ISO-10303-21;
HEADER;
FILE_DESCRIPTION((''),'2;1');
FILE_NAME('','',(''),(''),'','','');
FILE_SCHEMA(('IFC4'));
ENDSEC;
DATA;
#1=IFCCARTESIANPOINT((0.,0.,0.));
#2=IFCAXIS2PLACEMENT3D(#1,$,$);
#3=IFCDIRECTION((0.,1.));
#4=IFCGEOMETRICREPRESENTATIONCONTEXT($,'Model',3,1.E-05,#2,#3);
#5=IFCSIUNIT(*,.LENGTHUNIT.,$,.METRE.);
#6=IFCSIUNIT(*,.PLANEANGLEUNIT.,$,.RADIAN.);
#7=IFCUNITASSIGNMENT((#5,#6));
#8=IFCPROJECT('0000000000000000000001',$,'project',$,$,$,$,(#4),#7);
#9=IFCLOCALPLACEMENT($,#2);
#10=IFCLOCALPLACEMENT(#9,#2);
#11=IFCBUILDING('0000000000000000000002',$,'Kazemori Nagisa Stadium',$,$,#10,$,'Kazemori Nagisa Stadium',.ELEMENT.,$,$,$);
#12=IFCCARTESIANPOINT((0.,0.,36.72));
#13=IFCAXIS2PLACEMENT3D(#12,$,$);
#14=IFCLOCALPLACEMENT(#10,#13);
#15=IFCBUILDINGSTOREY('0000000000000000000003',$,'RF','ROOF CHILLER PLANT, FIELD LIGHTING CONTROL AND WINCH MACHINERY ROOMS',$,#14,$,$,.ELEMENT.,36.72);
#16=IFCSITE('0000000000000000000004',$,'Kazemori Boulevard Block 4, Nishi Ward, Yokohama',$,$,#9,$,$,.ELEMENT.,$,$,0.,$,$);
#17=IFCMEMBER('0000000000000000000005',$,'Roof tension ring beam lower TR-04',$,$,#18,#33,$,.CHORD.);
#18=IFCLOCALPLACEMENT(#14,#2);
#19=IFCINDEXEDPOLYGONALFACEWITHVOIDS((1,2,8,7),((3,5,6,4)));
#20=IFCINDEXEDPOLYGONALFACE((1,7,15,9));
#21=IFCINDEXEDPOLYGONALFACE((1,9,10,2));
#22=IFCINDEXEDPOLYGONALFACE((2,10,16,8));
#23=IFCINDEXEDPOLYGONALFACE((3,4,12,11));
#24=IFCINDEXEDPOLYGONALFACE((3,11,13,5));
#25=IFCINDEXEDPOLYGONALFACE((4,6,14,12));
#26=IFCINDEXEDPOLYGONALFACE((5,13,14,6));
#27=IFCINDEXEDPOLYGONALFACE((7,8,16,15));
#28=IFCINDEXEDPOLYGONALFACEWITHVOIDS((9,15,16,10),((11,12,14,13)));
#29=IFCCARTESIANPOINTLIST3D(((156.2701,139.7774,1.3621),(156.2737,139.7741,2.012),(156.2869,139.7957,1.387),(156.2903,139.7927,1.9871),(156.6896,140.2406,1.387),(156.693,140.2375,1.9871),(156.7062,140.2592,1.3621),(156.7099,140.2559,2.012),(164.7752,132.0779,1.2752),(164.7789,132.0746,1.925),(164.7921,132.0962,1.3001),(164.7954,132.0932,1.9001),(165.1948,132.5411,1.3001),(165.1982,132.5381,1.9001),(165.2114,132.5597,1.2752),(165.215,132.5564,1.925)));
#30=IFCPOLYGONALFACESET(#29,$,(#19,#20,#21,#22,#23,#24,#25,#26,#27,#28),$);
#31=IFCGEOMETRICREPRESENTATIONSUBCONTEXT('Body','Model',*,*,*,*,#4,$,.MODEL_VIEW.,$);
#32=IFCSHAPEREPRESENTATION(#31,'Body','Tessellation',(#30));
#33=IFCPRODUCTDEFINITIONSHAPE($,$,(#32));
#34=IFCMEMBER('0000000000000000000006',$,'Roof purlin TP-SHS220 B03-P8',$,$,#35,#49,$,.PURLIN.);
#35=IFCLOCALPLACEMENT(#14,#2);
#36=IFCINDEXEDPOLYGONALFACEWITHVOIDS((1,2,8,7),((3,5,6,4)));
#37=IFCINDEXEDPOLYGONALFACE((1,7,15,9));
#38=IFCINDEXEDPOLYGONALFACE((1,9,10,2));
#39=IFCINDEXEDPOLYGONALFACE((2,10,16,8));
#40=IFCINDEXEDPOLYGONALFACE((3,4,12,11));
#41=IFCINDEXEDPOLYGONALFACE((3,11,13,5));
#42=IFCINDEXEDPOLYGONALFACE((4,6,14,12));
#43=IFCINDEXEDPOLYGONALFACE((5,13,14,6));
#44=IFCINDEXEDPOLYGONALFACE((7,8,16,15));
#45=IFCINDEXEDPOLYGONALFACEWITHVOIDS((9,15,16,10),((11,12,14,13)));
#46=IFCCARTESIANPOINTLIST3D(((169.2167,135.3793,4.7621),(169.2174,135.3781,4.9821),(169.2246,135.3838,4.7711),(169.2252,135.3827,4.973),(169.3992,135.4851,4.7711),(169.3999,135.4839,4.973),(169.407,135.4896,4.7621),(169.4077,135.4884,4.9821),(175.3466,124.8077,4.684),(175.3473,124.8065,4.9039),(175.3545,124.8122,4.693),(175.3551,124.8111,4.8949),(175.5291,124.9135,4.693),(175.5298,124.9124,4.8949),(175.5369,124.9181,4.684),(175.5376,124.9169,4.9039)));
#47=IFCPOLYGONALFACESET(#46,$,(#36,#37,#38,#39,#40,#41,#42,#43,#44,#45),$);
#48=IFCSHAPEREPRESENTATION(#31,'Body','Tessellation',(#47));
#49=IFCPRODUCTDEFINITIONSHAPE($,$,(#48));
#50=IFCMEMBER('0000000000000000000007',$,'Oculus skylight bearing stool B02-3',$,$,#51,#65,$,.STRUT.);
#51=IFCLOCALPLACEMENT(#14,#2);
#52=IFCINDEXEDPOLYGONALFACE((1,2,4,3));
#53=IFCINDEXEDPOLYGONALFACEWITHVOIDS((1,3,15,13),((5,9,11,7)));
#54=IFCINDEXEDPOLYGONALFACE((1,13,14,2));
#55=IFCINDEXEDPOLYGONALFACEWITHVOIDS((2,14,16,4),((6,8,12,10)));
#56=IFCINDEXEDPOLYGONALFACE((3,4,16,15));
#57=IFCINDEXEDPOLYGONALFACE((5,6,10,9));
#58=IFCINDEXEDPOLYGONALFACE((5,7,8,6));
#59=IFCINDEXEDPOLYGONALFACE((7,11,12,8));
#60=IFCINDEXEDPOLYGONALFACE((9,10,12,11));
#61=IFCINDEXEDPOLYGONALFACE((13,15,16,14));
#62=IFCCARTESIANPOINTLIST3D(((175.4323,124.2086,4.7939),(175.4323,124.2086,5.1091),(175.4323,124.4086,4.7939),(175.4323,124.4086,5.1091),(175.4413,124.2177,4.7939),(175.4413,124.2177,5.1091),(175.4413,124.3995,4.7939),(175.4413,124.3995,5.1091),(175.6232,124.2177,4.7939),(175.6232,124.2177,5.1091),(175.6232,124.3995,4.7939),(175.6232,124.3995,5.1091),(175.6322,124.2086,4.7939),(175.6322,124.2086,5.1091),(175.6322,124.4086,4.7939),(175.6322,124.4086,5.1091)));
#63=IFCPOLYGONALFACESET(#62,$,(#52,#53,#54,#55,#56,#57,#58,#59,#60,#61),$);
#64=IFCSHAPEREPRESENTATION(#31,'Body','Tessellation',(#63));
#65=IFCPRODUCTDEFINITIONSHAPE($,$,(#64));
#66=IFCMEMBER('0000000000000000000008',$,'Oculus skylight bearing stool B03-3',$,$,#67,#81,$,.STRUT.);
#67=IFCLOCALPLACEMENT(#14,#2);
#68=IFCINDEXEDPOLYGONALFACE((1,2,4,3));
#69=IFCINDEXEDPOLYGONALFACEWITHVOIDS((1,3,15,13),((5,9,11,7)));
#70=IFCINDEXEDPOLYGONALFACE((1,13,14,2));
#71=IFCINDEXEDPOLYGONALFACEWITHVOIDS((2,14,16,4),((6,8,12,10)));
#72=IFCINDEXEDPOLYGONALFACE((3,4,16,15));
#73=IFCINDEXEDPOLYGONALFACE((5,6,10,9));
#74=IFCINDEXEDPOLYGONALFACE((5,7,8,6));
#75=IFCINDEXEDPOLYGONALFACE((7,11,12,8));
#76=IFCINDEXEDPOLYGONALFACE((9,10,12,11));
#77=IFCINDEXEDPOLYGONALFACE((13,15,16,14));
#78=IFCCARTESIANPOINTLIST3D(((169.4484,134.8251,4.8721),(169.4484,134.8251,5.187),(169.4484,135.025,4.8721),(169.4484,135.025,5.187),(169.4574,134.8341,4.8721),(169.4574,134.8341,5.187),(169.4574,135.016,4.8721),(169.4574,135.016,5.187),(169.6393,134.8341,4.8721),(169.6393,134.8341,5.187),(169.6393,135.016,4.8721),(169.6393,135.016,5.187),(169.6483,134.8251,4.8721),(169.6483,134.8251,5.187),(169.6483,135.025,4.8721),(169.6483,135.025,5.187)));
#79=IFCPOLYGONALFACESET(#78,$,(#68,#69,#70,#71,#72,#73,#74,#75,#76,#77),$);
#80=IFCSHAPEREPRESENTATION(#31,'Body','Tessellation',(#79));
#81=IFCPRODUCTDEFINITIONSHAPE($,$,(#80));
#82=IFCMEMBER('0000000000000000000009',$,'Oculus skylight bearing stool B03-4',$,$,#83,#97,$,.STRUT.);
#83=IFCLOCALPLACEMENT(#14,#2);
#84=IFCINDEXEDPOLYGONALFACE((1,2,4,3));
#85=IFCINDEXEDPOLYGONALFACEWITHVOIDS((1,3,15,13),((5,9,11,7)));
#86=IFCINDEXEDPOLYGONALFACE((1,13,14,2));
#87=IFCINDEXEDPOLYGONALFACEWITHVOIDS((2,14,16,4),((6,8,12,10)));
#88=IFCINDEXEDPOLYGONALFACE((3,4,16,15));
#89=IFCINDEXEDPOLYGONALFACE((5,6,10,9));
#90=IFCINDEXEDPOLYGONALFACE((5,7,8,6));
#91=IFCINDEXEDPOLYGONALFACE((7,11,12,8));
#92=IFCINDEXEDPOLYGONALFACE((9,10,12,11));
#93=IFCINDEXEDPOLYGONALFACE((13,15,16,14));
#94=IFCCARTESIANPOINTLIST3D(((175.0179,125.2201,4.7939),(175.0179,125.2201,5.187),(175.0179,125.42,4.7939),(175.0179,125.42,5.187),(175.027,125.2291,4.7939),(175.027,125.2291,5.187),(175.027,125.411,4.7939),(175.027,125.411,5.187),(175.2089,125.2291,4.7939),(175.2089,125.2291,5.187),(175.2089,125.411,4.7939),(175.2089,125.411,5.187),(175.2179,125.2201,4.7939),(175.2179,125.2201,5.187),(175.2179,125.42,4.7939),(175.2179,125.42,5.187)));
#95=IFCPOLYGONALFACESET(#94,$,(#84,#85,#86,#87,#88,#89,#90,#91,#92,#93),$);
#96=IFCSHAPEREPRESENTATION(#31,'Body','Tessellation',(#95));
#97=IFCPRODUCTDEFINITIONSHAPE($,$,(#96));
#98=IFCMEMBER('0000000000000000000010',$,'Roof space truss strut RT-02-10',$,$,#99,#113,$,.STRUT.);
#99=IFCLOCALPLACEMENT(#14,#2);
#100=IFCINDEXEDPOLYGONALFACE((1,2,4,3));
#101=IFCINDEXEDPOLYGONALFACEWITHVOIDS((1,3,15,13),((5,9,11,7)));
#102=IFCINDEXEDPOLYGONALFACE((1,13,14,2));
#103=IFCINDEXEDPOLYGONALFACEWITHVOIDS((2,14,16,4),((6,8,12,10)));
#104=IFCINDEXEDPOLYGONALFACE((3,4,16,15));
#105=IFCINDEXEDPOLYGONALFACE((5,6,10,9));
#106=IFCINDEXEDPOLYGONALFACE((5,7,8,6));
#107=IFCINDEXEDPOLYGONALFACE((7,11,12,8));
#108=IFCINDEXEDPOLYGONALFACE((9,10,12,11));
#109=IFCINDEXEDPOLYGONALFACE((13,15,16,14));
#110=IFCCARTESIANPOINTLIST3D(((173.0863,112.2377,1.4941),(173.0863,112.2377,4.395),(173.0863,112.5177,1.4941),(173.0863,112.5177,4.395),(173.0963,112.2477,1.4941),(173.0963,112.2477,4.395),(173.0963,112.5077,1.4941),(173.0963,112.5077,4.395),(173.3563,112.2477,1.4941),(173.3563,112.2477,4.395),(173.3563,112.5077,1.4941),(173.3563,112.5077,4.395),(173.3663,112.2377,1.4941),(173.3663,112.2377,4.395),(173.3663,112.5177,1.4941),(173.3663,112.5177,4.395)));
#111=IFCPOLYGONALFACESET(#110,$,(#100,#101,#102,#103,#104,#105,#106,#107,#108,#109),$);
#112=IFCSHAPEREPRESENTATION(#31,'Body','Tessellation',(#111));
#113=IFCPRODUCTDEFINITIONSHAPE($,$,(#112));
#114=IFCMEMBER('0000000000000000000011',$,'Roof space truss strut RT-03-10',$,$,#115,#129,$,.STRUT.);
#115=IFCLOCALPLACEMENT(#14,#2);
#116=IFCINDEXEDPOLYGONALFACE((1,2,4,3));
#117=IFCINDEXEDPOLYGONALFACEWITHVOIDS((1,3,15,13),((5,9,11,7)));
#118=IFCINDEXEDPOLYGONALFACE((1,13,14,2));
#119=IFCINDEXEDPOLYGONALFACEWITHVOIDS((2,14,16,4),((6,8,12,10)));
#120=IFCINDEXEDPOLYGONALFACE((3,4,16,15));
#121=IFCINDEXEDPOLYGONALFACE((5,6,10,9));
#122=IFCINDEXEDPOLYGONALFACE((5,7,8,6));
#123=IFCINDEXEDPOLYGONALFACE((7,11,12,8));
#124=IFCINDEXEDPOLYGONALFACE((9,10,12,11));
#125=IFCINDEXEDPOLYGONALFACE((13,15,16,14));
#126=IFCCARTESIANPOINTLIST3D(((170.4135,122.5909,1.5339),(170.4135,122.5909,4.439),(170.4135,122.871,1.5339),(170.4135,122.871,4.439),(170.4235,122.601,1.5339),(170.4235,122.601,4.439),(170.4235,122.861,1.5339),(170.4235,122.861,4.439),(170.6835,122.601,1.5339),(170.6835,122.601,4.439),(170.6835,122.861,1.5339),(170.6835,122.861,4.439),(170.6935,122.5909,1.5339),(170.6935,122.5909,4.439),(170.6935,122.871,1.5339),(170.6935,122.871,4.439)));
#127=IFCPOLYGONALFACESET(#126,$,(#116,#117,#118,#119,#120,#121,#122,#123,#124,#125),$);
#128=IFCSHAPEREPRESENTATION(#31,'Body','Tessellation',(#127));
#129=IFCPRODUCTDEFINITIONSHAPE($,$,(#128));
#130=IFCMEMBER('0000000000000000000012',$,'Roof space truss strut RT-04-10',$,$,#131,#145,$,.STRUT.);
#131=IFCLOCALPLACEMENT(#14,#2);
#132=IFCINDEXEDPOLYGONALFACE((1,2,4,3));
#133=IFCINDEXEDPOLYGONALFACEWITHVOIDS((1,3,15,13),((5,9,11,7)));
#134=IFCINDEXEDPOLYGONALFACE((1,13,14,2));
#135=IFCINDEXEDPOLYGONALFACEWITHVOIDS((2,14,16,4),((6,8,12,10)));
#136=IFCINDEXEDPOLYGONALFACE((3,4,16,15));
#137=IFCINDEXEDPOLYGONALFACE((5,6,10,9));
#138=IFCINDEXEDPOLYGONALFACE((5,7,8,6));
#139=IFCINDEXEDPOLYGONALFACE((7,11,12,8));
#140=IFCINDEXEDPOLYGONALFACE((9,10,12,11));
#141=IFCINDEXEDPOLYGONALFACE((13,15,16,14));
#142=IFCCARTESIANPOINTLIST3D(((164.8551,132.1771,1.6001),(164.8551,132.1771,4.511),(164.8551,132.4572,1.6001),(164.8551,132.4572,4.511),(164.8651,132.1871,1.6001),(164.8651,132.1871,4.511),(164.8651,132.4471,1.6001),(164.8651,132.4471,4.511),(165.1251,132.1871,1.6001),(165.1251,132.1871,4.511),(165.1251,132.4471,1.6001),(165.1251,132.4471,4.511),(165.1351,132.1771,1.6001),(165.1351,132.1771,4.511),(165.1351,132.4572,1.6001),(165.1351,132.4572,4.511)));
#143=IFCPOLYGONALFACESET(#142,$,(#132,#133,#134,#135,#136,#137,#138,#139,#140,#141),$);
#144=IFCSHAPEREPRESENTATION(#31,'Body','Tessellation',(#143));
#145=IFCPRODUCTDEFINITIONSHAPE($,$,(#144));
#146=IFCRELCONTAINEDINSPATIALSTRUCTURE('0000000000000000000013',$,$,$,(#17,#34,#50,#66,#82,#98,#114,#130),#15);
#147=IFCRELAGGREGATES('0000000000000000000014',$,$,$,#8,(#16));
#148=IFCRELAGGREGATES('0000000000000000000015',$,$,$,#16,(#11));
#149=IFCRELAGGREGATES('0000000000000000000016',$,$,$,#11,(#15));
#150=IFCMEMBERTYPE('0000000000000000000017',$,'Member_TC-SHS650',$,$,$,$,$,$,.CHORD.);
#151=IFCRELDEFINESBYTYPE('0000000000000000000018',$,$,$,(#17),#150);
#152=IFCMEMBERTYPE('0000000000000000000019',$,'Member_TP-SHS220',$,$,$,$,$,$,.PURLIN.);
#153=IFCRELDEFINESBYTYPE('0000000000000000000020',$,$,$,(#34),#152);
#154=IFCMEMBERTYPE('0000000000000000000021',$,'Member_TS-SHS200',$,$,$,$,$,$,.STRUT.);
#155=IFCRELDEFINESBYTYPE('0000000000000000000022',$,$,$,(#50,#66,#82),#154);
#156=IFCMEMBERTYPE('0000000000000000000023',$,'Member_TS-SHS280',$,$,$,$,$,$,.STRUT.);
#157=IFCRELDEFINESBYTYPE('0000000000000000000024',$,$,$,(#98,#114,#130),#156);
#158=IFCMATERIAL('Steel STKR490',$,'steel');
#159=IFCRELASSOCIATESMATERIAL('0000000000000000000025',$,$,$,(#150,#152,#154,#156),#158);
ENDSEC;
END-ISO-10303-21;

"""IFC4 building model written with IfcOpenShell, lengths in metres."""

from ifc_helpers import new_model, si_unit, direction, frame, origin, origin_2d, place, context, subcontext, project, spatial, hollow_rectangle, extrude, material, material_profile, profile_set, type_object, element, save


model = new_model("IFC4")

# Units and contexts
model_context = context("Model", 3, precision=1e-05, world=origin(), true_north=direction((0.0, 1.0)))
body_context = subcontext(model_context, "Body", "Model", "MODEL_VIEW")
ifc_project = project(units=[si_unit("LENGTHUNIT", "METRE"), si_unit("PLANEANGLEUNIT", "RADIAN")], contexts=[model_context])

# Site, building, storey
site_placement = place(None, origin())
site = spatial("IfcSite", under=ifc_project, at=site_placement, Name="Kazemori Boulevard Block 4, Nishi Ward, Yokohama", CompositionType="ELEMENT", RefElevation=0.0)
building_placement = place(site_placement, origin())
building = spatial("IfcBuilding", under=site, at=building_placement, Name="Kazemori Nagisa Stadium", LongName="Kazemori Nagisa Stadium", CompositionType="ELEMENT")
storey_placement = place(building_placement, frame((0.0, 0.0, 36.72)))
storey = spatial("IfcBuildingStorey", under=building, at=storey_placement, Name="RF", Description="ROOF CHILLER PLANT, FIELD LIGHTING CONTROL AND WINCH MACHINERY ROOMS", CompositionType="ELEMENT", Elevation=36.72)

# Members
ifc_material = material(Name="Steel STKR490", Category="steel")
ifc_material_profile_1 = material_profile(ifc_material, hollow_rectangle(XDim=0.6499, YDim=0.6499, WallThickness=0.0249, at=origin_2d()), Name="SHS-650x650x25")
ifc_profile_set_1 = profile_set([ifc_material_profile_1], Name="Steel STKR490")
member_type_1 = type_object("IfcMemberType", Name="Member_TC-SHS650", PredefinedType="CHORD", material=ifc_profile_set_1)
member_1_placement = place(storey_placement, frame((164.9951, 132.3171, 1.6001), z_axis=(-0.741326, 0.671102, 0.007576), x_axis=(-0.671122, -0.741347, 0.0)))
element("IfcMember", 1, at=member_1_placement, inside=storey, type_object=member_type_1, Name="Roof tension ring beam lower TR-04", PredefinedType="CHORD", context=body_context, shape_type="SweptSolid", body=[
    extrude(hollow_rectangle(XDim=0.6499, YDim=0.6499, WallThickness=0.0249, at=origin_2d()), origin(), (0.0, 0.0, 1.0), 11.4729),
])
ifc_material_profile_2 = material_profile(ifc_material, hollow_rectangle(XDim=0.22, YDim=0.22, WallThickness=0.009, at=origin_2d()), Name="SHS-220x220x9")
ifc_profile_set_2 = profile_set([ifc_material_profile_2], Name="Steel STKR490")
member_type_2 = type_object("IfcMemberType", Name="Member_TP-SHS220", PredefinedType="PURLIN", material=ifc_profile_set_2)
member_2_placement = place(storey_placement, frame((175.4421, 124.8623, 4.7939), z_axis=(-0.501609, 0.865071, 0.006393), x_axis=(-0.865088, -0.50162, 0.0)))
element("IfcMember", 2, at=member_2_placement, inside=storey, type_object=member_type_2, Name="Roof purlin TP-SHS220 B03-P8", PredefinedType="PURLIN", context=body_context, shape_type="SweptSolid", body=[
    extrude(hollow_rectangle(XDim=0.22, YDim=0.22, WallThickness=0.009, at=origin_2d()), origin(), (0.0, 0.0, 1.0), 12.2205),
])
ifc_material_profile_3 = material_profile(ifc_material, hollow_rectangle(XDim=0.2, YDim=0.2, WallThickness=0.009, at=origin_2d()), Name="SHS-200x200x9")
ifc_profile_set_3 = profile_set([ifc_material_profile_3], Name="Steel STKR490")
member_type_3 = type_object("IfcMemberType", Name="Member_TS-SHS200", PredefinedType="STRUT", material=ifc_profile_set_3)
member_3_placement = place(storey_placement, frame((175.5322, 124.3086, 4.7939), z_axis=(0.0, 0.0, 1.0), x_axis=(1.0, 0.0, 0.0)))
element("IfcMember", 3, at=member_3_placement, inside=storey, type_object=member_type_3, Name="Oculus skylight bearing stool B02-3", PredefinedType="STRUT", context=body_context, shape_type="SweptSolid", body=[
    extrude(hollow_rectangle(XDim=0.2, YDim=0.2, WallThickness=0.009, at=origin_2d()), origin(), (0.0, 0.0, 1.0), 0.3152),
])
member_4_placement = place(storey_placement, frame((169.5483, 134.925, 4.8721), z_axis=(0.0, 0.0, 1.0), x_axis=(1.0, 0.0, 0.0)))
element("IfcMember", 4, at=member_4_placement, inside=storey, type_object=member_type_3, Name="Oculus skylight bearing stool B03-3", PredefinedType="STRUT", context=body_context, shape_type="SweptSolid", body=[
    extrude(hollow_rectangle(XDim=0.2, YDim=0.2, WallThickness=0.009, at=origin_2d()), origin(), (0.0, 0.0, 1.0), 0.3149),
])
member_5_placement = place(storey_placement, frame((175.1179, 125.3201, 4.7939), z_axis=(0.0, 0.0, 1.0), x_axis=(1.0, 0.0, 0.0)))
element("IfcMember", 5, at=member_5_placement, inside=storey, type_object=member_type_3, Name="Oculus skylight bearing stool B03-4", PredefinedType="STRUT", context=body_context, shape_type="SweptSolid", body=[
    extrude(hollow_rectangle(XDim=0.2, YDim=0.2, WallThickness=0.009, at=origin_2d()), origin(), (0.0, 0.0, 1.0), 0.3931),
])
ifc_material_profile_4 = material_profile(ifc_material, hollow_rectangle(XDim=0.28, YDim=0.28, WallThickness=0.01, at=origin_2d()), Name="SHS-280x280x10")
ifc_profile_set_4 = profile_set([ifc_material_profile_4], Name="Steel STKR490")
member_type_4 = type_object("IfcMemberType", Name="Member_TS-SHS280", PredefinedType="STRUT", material=ifc_profile_set_4)
member_6_placement = place(storey_placement, frame((173.2263, 112.3777, 1.4941), z_axis=(0.0, 0.0, 1.0), x_axis=(1.0, 0.0, 0.0)))
element("IfcMember", 6, at=member_6_placement, inside=storey, type_object=member_type_4, Name="Roof space truss strut RT-02-10", PredefinedType="STRUT", context=body_context, shape_type="SweptSolid", body=[
    extrude(hollow_rectangle(XDim=0.28, YDim=0.28, WallThickness=0.01, at=origin_2d()), origin(), (0.0, 0.0, 1.0), 2.9009),
])
member_7_placement = place(storey_placement, frame((170.5535, 122.731, 1.5339), z_axis=(0.0, 0.0, 1.0), x_axis=(1.0, 0.0, 0.0)))
element("IfcMember", 7, at=member_7_placement, inside=storey, type_object=member_type_4, Name="Roof space truss strut RT-03-10", PredefinedType="STRUT", context=body_context, shape_type="SweptSolid", body=[
    extrude(hollow_rectangle(XDim=0.28, YDim=0.28, WallThickness=0.01, at=origin_2d()), origin(), (0.0, 0.0, 1.0), 2.905),
])
member_8_placement = place(storey_placement, frame((164.9951, 132.3171, 1.6001), z_axis=(0.0, 0.0, 1.0), x_axis=(1.0, 0.0, 0.0)))
element("IfcMember", 8, at=member_8_placement, inside=storey, type_object=member_type_4, Name="Roof space truss strut RT-04-10", PredefinedType="STRUT", context=body_context, shape_type="SweptSolid", body=[
    extrude(hollow_rectangle(XDim=0.28, YDim=0.28, WallThickness=0.01, at=origin_2d()), origin(), (0.0, 0.0, 1.0), 2.9109),
])

save(model, "model.ifc")
